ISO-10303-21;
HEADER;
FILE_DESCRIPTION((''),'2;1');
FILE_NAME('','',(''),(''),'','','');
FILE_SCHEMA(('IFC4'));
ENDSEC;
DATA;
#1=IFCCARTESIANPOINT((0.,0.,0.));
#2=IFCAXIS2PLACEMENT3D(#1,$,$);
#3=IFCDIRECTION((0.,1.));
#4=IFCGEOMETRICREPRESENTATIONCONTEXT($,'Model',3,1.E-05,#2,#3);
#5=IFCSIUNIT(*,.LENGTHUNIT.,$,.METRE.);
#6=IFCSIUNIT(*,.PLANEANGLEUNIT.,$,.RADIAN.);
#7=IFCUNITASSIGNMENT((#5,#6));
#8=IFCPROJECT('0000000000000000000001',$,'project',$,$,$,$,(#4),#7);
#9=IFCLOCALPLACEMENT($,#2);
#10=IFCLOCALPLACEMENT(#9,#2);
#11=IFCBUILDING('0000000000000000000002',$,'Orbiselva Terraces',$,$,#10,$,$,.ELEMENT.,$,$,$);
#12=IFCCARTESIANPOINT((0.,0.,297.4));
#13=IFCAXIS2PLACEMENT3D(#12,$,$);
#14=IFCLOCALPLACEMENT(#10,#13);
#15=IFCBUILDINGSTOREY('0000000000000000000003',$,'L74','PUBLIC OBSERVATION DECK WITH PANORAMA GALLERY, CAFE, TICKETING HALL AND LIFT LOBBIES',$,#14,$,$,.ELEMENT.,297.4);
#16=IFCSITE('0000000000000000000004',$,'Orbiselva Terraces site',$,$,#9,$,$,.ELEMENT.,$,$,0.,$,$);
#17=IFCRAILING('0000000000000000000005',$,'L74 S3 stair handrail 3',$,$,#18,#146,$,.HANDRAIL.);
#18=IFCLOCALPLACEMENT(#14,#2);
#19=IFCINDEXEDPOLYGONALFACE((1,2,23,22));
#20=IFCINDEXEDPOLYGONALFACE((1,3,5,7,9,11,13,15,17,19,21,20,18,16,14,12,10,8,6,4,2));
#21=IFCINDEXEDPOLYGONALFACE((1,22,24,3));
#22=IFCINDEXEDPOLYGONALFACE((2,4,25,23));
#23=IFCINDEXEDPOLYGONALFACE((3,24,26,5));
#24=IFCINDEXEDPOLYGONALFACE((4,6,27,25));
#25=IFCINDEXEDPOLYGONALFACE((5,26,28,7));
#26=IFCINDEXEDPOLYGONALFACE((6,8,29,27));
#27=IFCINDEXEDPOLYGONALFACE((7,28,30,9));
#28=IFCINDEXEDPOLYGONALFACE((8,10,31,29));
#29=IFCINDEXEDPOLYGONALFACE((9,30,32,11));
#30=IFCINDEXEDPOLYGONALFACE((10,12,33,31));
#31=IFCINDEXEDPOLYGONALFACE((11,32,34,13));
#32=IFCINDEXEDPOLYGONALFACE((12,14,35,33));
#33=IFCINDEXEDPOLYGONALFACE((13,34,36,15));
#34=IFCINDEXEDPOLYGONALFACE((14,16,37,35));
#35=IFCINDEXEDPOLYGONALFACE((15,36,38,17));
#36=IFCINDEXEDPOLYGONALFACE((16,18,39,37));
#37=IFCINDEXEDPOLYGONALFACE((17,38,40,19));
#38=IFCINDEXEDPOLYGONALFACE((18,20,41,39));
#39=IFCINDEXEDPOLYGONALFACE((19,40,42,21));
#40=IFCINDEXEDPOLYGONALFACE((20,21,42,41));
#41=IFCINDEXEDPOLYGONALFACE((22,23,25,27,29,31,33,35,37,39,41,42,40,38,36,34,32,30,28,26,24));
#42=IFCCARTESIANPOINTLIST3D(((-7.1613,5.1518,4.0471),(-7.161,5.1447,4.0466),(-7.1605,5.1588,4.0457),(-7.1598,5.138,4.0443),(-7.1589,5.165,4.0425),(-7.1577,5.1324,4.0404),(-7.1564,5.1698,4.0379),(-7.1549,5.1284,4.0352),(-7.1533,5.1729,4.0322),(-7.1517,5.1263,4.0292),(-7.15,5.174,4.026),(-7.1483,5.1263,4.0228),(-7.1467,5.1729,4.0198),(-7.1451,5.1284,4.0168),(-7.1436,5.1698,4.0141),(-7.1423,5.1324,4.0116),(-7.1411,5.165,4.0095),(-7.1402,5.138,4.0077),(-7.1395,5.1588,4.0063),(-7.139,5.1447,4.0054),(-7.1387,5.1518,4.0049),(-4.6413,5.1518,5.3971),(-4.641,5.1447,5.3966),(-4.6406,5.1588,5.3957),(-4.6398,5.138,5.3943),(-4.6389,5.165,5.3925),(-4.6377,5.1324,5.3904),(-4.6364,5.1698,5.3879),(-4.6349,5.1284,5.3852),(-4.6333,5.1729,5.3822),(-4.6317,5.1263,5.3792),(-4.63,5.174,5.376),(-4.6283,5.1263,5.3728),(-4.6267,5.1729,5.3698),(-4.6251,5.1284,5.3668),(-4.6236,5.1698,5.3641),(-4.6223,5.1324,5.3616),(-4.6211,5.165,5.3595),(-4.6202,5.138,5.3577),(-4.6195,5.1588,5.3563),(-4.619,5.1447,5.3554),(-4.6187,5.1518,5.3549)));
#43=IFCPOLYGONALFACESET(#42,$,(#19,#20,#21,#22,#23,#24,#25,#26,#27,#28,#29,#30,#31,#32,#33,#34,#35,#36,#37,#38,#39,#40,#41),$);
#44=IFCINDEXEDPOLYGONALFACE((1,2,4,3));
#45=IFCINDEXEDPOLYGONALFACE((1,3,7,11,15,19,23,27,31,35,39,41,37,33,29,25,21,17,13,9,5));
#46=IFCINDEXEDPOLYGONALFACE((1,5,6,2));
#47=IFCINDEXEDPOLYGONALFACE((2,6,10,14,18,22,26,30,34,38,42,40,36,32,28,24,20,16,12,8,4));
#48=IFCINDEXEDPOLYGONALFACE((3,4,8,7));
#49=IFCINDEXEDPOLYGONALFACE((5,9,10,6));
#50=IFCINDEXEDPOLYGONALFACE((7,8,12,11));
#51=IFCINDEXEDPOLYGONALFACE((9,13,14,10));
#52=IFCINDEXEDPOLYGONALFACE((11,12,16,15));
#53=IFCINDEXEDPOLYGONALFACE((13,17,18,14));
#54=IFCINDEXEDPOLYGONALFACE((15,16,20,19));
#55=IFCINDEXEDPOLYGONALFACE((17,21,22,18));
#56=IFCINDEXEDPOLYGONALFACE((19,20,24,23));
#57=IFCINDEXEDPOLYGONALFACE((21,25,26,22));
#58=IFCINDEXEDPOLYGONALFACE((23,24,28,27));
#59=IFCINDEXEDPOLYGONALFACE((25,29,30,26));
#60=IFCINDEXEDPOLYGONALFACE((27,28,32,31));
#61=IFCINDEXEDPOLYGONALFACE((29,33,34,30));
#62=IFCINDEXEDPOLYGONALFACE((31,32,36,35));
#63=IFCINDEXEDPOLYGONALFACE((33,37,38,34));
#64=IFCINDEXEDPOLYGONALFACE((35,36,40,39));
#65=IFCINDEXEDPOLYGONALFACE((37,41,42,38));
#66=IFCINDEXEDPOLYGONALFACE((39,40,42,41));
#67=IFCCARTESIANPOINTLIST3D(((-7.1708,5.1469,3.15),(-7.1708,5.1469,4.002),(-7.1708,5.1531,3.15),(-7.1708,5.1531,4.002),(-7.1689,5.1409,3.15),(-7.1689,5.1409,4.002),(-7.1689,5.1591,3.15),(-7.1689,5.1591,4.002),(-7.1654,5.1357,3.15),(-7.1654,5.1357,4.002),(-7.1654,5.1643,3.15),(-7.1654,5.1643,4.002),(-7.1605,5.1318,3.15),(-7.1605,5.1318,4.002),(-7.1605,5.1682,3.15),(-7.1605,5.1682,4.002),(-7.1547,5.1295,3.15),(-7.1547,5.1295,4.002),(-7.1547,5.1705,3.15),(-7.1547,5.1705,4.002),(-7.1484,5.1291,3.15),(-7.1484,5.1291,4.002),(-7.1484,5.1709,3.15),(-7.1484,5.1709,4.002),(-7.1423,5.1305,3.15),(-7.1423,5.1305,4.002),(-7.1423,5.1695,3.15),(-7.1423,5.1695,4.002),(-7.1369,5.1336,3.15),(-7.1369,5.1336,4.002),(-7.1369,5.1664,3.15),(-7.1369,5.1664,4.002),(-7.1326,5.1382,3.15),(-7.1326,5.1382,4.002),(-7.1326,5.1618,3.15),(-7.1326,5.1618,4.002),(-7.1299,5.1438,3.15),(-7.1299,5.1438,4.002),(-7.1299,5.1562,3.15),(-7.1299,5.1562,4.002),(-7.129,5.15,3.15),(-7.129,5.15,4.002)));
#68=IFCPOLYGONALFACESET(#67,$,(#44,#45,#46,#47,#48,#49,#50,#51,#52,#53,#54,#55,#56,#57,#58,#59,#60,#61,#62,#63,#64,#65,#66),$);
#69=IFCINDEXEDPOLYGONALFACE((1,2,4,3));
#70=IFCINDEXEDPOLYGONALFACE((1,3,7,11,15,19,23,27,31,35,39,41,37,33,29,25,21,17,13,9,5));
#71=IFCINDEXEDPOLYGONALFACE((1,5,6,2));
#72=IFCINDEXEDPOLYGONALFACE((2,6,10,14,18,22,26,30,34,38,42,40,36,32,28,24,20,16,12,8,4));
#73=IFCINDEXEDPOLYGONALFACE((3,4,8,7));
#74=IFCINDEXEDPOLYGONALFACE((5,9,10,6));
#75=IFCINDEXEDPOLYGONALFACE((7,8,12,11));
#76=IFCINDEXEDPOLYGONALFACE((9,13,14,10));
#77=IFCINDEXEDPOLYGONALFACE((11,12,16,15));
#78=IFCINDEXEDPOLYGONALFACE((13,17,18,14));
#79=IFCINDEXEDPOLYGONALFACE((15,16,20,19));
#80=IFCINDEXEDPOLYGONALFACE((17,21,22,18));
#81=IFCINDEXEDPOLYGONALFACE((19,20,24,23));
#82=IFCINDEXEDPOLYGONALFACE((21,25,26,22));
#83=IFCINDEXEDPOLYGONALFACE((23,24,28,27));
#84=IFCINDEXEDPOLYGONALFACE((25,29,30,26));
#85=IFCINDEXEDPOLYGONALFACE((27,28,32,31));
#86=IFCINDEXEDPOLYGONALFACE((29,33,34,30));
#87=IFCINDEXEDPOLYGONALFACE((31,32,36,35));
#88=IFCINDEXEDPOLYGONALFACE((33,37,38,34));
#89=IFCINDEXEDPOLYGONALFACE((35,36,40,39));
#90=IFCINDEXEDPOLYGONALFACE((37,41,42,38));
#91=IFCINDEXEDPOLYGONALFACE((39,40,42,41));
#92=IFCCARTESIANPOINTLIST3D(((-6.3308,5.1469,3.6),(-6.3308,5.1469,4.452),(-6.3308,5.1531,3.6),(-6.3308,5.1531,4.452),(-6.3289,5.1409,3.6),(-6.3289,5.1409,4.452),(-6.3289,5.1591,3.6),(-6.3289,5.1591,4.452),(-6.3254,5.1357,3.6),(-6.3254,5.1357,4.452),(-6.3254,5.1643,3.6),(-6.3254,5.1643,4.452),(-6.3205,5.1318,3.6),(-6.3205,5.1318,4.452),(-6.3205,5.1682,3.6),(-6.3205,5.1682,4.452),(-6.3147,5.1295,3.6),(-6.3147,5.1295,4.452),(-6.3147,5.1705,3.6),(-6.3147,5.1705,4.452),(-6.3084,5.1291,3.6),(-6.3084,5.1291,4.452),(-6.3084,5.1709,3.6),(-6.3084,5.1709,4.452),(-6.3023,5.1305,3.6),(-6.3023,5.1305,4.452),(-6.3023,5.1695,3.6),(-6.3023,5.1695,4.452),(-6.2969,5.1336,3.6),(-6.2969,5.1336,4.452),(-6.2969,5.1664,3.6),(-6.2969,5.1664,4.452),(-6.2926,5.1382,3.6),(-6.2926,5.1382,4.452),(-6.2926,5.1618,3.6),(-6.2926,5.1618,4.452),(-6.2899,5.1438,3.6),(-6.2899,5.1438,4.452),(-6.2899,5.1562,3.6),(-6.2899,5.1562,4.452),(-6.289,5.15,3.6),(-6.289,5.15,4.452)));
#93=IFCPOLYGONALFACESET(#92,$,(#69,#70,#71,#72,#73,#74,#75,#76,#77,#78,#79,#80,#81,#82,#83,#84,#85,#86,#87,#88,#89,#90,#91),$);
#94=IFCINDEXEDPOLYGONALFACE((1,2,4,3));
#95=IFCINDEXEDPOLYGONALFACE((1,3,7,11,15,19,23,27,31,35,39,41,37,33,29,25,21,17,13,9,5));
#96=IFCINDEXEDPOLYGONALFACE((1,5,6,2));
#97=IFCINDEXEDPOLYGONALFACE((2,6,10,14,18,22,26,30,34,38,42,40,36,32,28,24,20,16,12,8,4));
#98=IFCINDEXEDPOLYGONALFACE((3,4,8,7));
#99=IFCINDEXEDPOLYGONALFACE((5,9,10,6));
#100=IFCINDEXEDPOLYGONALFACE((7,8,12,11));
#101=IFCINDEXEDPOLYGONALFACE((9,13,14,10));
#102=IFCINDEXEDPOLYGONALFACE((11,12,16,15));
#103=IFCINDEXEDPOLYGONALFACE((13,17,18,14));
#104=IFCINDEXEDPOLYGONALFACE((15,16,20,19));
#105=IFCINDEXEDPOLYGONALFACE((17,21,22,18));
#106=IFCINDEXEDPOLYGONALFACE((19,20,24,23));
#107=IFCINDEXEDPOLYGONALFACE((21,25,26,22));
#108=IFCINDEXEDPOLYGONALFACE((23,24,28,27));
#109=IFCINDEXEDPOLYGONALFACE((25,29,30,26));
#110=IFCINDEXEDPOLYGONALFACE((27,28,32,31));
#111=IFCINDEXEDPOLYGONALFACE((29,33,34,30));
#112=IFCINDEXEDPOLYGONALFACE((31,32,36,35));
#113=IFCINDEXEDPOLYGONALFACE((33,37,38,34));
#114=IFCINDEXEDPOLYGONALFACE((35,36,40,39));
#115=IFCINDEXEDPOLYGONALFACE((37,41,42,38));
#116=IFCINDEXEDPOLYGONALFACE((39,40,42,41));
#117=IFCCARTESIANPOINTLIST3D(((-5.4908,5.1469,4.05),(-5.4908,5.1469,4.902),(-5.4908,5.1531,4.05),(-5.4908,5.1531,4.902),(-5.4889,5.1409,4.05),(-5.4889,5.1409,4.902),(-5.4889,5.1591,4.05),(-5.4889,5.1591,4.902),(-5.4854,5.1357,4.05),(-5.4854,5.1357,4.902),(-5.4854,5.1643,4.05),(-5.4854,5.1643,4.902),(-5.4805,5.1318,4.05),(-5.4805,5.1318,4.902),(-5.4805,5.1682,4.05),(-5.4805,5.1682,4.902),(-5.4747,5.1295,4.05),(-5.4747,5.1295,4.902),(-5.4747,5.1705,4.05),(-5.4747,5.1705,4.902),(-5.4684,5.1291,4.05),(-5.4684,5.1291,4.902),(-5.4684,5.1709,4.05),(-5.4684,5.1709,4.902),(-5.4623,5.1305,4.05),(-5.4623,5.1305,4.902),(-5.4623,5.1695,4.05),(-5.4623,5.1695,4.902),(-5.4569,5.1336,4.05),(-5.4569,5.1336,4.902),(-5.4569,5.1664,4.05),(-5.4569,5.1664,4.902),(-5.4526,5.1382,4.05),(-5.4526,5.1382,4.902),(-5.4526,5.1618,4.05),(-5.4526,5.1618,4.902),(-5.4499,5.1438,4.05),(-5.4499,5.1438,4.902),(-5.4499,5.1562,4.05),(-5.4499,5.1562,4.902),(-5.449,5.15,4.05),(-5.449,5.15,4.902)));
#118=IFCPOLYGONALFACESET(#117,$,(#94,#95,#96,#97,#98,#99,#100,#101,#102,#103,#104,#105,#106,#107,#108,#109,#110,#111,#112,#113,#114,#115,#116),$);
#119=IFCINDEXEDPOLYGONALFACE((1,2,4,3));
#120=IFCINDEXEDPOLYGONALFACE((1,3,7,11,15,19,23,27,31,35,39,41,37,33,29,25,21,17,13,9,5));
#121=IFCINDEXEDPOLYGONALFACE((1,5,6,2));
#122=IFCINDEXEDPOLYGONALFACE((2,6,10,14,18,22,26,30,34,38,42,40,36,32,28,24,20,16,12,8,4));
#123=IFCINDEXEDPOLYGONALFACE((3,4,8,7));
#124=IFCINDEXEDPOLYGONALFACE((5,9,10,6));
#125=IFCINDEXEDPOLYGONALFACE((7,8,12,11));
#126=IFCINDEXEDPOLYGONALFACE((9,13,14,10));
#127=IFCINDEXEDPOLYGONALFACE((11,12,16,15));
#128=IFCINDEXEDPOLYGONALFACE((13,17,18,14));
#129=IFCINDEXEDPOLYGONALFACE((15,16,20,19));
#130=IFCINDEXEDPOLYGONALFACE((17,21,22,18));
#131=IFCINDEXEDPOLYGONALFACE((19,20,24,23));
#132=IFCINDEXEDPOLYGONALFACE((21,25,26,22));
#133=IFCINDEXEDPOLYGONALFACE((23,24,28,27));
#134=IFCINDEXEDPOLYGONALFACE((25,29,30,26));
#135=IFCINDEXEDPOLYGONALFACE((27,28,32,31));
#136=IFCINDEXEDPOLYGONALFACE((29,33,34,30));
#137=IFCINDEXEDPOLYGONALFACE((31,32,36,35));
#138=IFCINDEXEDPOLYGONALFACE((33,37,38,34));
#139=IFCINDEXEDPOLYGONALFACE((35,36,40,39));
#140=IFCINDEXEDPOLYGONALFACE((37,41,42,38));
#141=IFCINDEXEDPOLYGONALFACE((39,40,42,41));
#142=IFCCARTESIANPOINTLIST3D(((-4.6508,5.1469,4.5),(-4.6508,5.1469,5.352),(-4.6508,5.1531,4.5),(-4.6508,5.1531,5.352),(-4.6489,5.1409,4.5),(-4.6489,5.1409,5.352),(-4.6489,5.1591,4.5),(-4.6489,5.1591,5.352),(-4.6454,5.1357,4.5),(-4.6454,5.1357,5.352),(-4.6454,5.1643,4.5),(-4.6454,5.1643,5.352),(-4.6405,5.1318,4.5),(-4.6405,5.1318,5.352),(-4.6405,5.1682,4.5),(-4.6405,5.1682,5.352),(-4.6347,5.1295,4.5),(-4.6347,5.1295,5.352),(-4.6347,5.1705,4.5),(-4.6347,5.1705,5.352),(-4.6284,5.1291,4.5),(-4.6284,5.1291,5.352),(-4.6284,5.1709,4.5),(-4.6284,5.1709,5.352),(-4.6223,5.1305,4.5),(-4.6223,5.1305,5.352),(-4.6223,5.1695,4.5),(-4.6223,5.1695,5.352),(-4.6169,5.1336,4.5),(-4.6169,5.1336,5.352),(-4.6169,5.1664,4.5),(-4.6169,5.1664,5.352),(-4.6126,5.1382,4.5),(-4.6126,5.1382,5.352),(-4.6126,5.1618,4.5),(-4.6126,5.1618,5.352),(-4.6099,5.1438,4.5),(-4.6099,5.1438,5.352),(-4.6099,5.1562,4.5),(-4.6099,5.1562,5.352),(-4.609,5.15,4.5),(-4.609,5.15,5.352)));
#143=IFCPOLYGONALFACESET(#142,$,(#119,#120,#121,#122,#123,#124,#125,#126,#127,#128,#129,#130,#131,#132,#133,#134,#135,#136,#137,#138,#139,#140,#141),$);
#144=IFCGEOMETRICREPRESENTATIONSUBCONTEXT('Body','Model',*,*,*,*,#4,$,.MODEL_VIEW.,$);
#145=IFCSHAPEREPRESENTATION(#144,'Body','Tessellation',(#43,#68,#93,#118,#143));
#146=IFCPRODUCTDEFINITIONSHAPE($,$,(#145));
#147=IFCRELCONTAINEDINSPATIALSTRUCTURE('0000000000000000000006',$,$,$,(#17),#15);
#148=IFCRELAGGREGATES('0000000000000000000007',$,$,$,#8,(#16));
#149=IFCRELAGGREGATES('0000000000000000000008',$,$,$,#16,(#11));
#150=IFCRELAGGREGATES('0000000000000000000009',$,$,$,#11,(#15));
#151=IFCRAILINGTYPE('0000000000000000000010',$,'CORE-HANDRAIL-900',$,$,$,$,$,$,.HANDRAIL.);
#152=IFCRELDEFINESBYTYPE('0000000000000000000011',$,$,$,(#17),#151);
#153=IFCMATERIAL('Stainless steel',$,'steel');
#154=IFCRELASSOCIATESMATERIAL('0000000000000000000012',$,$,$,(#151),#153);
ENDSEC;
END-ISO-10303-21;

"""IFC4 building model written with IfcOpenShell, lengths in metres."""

from ifc_helpers import new_model, si_unit, direction, frame, origin, origin_2d, place, context, subcontext, project, spatial, circle, extrude, material, type_object, element, save


model = new_model("IFC4")

# Units and contexts
model_context = context("Model", 3, precision=1e-05, world=origin(), true_north=direction((0.0, 1.0)))
body_context = subcontext(model_context, "Body", "Model", "MODEL_VIEW")
ifc_project = project(units=[si_unit("LENGTHUNIT", "METRE"), si_unit("PLANEANGLEUNIT", "RADIAN")], contexts=[model_context])

# Site, building, storey
site_placement = place(None, origin())
site = spatial("IfcSite", under=ifc_project, at=site_placement, Name="Orbiselva Terraces site", CompositionType="ELEMENT", RefElevation=0.0)
building_placement = place(site_placement, origin())
building = spatial("IfcBuilding", under=site, at=building_placement, Name="Orbiselva Terraces", CompositionType="ELEMENT")
storey_placement = place(building_placement, frame((0.0, 0.0, 297.4)))
storey = spatial("IfcBuildingStorey", under=building, at=storey_placement, Name="L74", Description="PUBLIC OBSERVATION DECK WITH PANORAMA GALLERY, CAFE, TICKETING HALL AND LIFT LOBBIES", CompositionType="ELEMENT", Elevation=297.4)

# Railing
ifc_material_1 = material(Name="Stainless steel", Category="steel")
railing_type_1 = type_object("IfcRailingType", Name="CORE-HANDRAIL-900", PredefinedType="HANDRAIL", material=ifc_material_1)
railing_1_placement = place(storey_placement, frame((-7.15, 5.15, 3.15)))
element("IfcRailing", 1, at=railing_1_placement, inside=storey, type_object=railing_type_1, Name="L74 S3 stair handrail 3", PredefinedType="HANDRAIL", context=body_context, shape_type="SweptSolid", body=[
    extrude(circle(Radius=0.024, at=origin_2d()), frame((0.0, 0.0, 0.876), z_axis=(0.88148, 0.0, 0.472221), x_axis=(0.0, 1.0, 0.0)), (0.0, 0.0, 1.0), 2.8588),
    extrude(circle(Radius=0.021, at=origin_2d()), origin(), (0.0, 0.0, 1.0), 0.852),
    extrude(circle(Radius=0.021, at=origin_2d()), frame((0.84, 0.0, 0.45)), (0.0, 0.0, 1.0), 0.852),
    extrude(circle(Radius=0.021, at=origin_2d()), frame((1.68, 0.0, 0.9)), (0.0, 0.0, 1.0), 0.852),
    extrude(circle(Radius=0.021, at=origin_2d()), frame((2.52, 0.0, 1.35)), (0.0, 0.0, 1.0), 0.852),
])

save(model, "model.ifc")
